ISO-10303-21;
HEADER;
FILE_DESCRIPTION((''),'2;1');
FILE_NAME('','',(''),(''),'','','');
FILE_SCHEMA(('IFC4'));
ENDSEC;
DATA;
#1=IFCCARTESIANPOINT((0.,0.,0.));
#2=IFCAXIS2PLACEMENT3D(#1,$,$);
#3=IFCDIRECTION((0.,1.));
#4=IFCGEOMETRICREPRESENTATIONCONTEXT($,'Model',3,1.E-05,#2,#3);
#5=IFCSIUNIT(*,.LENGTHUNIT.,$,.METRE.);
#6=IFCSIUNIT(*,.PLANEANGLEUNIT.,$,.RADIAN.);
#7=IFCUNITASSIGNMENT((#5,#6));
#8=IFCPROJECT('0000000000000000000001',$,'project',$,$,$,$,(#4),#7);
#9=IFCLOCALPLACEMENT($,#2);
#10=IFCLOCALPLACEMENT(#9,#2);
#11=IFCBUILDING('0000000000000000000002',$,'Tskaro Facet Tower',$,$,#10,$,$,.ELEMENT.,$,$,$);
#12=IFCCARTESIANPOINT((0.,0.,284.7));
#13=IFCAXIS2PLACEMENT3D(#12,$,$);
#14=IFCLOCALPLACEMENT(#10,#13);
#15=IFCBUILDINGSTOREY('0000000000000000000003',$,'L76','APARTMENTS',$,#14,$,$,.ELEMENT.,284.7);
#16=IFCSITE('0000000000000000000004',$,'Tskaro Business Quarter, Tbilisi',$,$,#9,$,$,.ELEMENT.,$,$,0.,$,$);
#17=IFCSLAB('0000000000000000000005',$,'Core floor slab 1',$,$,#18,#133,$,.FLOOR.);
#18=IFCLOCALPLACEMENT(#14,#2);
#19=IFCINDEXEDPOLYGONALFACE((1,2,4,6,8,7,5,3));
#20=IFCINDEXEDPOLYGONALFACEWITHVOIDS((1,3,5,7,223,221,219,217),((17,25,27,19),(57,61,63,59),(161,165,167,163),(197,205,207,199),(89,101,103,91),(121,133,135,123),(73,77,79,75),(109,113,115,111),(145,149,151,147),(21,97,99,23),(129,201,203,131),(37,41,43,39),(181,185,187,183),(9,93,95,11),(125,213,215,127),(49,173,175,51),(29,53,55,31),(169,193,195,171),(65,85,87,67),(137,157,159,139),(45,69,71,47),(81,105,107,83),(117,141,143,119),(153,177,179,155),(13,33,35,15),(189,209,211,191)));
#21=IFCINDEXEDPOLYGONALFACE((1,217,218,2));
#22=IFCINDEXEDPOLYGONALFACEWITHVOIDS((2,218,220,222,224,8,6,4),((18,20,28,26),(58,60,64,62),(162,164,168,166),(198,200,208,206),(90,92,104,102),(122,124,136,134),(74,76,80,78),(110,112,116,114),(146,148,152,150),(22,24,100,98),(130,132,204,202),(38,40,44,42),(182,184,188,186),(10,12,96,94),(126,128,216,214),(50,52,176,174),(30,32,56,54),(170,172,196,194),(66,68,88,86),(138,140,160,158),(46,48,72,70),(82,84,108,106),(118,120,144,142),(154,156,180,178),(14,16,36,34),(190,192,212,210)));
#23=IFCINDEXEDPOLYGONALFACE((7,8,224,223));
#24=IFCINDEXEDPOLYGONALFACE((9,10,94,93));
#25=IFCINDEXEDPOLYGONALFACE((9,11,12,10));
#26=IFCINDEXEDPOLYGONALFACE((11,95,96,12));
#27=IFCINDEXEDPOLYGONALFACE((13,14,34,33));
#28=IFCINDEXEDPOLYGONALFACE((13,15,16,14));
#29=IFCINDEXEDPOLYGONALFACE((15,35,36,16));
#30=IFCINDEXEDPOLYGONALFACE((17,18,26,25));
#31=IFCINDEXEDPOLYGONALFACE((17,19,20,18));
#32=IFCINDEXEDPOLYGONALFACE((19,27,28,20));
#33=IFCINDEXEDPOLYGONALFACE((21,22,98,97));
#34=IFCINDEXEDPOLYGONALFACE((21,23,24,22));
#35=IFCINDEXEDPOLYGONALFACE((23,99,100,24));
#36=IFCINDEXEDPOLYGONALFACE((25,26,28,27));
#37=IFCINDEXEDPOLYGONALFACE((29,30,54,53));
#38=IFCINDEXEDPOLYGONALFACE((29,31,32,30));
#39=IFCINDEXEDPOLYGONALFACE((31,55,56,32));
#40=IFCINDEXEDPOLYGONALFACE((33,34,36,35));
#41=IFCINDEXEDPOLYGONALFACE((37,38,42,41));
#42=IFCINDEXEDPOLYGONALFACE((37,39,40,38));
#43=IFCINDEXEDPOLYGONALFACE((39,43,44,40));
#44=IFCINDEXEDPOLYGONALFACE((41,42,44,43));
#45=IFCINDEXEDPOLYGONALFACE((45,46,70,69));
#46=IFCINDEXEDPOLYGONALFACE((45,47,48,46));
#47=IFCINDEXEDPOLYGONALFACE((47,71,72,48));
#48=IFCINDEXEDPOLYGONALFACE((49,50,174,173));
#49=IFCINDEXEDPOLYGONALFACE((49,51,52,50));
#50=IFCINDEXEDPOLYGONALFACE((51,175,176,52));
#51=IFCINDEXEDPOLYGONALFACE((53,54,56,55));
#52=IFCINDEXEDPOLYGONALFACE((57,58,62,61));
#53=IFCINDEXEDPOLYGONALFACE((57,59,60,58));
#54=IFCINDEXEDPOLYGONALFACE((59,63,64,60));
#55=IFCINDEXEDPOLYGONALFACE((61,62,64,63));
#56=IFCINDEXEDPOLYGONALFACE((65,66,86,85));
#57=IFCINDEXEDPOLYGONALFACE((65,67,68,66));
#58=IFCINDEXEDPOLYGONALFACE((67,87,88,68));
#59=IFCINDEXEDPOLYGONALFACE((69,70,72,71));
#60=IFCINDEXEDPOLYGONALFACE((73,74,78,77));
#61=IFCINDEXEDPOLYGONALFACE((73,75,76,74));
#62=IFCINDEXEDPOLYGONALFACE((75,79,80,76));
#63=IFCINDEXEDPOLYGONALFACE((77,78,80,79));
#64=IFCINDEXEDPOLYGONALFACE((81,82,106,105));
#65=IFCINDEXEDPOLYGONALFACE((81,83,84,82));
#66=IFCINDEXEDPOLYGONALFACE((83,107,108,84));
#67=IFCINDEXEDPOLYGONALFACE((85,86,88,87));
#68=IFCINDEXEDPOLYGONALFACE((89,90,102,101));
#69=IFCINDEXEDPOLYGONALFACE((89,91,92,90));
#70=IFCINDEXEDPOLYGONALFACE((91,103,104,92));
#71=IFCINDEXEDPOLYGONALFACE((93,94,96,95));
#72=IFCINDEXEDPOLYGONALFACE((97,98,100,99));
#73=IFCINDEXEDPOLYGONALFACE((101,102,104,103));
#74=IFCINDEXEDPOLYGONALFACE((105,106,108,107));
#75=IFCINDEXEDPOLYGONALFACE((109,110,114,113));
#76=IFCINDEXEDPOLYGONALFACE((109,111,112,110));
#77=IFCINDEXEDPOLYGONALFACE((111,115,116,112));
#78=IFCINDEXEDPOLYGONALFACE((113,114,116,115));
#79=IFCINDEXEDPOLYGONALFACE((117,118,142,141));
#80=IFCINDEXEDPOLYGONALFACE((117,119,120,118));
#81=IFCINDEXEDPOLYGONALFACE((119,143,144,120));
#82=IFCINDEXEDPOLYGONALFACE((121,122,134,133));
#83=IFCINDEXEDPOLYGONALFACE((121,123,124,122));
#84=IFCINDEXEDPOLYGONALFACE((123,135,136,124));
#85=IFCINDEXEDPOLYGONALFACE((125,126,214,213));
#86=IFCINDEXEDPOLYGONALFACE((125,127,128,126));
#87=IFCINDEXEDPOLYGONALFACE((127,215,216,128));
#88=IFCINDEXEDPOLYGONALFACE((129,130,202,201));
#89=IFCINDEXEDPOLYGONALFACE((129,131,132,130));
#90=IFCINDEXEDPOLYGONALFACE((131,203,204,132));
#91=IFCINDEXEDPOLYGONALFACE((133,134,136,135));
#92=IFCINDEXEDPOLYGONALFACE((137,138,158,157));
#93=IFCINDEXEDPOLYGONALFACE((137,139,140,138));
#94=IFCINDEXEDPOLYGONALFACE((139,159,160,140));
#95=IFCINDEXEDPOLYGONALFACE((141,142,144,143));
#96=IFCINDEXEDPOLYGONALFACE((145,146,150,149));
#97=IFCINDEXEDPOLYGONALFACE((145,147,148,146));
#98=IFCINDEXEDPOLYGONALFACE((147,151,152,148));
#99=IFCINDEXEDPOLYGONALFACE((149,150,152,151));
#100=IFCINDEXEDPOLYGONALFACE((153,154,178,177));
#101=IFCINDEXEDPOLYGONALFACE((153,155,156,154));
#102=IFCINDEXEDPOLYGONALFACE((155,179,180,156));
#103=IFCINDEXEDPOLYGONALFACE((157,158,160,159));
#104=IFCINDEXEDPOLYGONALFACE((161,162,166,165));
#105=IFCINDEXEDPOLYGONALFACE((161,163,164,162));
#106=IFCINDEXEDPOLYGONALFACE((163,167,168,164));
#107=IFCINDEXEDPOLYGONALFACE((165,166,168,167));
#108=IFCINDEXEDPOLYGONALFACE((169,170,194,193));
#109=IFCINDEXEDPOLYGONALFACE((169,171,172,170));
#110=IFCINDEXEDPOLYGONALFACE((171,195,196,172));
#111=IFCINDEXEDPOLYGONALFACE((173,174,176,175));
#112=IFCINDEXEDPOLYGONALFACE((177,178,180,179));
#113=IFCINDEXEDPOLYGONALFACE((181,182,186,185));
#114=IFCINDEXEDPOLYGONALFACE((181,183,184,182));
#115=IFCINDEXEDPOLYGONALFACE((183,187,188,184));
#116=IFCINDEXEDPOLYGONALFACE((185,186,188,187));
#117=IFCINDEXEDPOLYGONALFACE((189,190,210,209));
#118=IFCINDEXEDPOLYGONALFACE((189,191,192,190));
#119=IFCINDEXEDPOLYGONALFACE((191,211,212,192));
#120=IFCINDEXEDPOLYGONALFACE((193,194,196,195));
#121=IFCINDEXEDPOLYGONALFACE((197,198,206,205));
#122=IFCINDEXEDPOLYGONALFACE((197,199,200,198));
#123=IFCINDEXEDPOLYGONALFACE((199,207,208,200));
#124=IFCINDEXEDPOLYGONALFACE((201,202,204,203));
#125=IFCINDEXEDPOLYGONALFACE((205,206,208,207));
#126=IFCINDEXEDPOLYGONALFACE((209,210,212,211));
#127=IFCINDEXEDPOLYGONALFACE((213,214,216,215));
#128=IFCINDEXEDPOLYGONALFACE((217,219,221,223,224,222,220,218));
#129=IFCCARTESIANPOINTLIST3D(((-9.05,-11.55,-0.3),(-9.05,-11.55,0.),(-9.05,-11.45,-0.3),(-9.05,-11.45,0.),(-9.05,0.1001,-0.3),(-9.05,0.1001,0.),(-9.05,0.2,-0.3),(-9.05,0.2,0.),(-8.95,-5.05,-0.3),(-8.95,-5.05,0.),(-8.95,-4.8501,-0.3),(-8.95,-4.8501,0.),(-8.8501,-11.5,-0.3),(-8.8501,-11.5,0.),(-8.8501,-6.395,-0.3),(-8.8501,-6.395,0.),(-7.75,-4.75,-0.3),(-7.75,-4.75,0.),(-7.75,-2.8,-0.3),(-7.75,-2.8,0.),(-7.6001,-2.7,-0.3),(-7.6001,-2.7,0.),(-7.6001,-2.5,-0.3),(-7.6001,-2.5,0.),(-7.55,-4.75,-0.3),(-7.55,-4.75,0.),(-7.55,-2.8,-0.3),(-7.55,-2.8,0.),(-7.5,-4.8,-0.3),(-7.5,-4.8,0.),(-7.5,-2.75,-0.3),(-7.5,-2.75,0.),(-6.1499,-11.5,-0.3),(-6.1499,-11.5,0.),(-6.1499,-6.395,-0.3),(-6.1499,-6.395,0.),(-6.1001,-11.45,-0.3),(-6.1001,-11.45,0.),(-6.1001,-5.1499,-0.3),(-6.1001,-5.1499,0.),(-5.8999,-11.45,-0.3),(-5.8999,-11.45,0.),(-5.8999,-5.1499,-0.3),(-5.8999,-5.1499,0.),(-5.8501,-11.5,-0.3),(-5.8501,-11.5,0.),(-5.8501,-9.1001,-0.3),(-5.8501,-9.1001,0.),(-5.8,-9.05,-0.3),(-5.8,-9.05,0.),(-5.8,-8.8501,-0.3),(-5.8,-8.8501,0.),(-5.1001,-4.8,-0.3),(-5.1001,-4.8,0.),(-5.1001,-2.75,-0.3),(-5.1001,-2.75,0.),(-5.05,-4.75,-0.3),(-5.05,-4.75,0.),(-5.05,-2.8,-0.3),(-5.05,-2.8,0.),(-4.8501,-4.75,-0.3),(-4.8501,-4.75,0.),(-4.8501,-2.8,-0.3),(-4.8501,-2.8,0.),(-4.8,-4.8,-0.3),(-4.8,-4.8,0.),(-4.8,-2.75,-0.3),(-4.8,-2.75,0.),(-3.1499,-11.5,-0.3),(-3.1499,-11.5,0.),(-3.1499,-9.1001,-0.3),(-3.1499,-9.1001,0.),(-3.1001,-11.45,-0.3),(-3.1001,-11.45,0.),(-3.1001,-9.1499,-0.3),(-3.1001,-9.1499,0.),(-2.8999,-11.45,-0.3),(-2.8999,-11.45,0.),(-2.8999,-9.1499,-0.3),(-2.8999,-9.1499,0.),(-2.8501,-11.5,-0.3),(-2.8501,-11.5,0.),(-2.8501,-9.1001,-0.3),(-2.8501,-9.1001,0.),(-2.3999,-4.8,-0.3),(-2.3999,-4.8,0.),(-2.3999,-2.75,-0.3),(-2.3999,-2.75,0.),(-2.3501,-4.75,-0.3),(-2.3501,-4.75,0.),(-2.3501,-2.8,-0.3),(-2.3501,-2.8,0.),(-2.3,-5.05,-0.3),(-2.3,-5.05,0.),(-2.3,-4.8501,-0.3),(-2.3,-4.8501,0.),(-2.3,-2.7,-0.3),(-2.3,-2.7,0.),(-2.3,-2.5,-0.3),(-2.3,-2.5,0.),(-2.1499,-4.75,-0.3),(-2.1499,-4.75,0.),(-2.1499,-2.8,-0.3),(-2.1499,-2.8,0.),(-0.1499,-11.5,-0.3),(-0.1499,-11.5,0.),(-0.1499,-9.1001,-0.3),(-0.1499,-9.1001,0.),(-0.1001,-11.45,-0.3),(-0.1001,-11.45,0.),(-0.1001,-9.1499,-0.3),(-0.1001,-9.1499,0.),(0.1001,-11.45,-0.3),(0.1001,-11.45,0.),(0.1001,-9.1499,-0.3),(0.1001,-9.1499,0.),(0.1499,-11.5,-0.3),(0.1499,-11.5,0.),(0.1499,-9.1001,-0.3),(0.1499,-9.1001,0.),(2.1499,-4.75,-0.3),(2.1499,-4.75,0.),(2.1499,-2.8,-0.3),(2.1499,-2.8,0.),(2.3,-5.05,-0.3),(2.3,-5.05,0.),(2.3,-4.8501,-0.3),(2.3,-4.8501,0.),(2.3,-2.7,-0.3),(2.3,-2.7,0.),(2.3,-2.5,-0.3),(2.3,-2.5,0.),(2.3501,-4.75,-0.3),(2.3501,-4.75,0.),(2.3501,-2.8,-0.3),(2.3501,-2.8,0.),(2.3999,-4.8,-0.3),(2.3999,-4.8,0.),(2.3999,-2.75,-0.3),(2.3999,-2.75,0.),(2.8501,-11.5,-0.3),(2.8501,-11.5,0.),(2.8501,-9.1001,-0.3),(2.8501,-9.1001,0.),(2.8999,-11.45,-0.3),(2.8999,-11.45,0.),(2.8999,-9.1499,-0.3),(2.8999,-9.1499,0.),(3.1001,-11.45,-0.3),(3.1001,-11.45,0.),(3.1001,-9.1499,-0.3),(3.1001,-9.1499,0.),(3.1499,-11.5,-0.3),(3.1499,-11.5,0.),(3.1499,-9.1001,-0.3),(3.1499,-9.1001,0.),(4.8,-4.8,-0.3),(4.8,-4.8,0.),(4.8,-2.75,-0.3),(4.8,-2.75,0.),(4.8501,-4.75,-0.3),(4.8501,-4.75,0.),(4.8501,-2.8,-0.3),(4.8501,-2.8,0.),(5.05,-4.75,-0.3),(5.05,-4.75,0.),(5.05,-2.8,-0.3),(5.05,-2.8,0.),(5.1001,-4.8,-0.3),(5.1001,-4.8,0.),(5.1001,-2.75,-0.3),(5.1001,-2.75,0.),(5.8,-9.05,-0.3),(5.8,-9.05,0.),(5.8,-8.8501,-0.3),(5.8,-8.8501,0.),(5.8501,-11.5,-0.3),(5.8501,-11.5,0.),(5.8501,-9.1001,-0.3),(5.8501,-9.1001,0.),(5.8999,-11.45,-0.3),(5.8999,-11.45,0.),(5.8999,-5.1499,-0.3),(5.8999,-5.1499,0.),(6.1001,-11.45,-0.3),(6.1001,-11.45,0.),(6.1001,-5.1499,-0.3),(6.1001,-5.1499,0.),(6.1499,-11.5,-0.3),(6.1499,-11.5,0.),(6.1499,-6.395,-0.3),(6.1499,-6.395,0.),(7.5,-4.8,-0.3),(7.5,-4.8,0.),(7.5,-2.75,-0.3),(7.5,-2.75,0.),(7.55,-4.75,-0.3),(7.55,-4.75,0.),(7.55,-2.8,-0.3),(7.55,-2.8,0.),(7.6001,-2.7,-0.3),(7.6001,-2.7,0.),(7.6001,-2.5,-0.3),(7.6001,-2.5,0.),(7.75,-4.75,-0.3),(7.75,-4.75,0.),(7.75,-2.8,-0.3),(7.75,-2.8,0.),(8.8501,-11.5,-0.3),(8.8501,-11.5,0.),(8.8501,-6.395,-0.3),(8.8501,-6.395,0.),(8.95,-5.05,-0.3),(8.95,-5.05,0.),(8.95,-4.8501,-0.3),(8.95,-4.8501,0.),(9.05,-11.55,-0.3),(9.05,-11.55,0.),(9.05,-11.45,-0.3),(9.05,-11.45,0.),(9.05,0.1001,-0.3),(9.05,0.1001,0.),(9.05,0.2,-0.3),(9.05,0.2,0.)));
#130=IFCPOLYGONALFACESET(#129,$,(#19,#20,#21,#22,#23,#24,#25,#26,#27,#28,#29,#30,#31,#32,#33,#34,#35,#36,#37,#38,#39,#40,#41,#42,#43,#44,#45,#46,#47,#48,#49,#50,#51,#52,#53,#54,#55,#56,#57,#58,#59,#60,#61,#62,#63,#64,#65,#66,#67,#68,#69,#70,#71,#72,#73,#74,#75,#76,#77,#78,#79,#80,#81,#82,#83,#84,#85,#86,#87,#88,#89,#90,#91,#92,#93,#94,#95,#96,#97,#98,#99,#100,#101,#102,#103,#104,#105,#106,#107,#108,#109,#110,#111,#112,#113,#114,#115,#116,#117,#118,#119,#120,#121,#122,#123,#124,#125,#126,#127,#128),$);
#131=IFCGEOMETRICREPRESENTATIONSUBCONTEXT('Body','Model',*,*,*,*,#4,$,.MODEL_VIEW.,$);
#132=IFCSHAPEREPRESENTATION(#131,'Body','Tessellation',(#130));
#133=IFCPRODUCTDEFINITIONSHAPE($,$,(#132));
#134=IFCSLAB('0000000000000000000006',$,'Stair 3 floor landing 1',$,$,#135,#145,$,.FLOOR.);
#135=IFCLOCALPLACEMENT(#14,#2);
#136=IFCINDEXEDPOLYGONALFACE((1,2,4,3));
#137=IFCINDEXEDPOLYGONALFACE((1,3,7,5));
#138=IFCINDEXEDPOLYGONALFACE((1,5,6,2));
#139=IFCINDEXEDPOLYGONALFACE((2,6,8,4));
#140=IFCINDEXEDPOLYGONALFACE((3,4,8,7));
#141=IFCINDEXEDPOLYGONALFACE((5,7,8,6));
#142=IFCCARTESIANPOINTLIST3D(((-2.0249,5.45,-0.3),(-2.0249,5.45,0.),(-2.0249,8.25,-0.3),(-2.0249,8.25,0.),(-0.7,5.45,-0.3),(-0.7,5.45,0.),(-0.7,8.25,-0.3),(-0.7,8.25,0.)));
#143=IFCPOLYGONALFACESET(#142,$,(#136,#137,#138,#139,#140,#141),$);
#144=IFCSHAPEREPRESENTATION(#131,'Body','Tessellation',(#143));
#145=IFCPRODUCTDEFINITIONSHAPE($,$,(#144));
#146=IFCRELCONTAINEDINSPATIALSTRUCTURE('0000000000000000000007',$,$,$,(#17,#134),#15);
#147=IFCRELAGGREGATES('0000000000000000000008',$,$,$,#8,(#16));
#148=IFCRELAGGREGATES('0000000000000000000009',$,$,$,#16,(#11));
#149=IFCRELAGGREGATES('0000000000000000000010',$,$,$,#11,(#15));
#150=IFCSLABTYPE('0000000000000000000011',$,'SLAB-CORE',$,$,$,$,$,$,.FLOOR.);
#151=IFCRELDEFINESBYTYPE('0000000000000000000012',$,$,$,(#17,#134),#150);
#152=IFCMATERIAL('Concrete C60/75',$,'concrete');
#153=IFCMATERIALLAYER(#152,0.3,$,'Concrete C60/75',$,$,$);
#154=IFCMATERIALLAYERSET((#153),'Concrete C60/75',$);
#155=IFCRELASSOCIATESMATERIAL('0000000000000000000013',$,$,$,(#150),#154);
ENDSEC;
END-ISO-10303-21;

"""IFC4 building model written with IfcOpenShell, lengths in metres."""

from ifc_helpers import new_model, si_unit, direction, frame, origin, place, context, subcontext, project, spatial, polyline, outline, extrude, material, layer, layer_set, type_object, element, save


model = new_model("IFC4")

# Units and contexts
model_context = context("Model", 3, precision=1e-05, world=origin(), true_north=direction((0.0, 1.0)))
body_context = subcontext(model_context, "Body", "Model", "MODEL_VIEW")
ifc_project = project(units=[si_unit("LENGTHUNIT", "METRE"), si_unit("PLANEANGLEUNIT", "RADIAN")], contexts=[model_context])

# Site, building, storey
site_placement = place(None, origin())
site = spatial("IfcSite", under=ifc_project, at=site_placement, Name="Tskaro Business Quarter, Tbilisi", CompositionType="ELEMENT", RefElevation=0.0)
building_placement = place(site_placement, origin())
building = spatial("IfcBuilding", under=site, at=building_placement, Name="Tskaro Facet Tower", CompositionType="ELEMENT")
storey_placement = place(building_placement, frame((0.0, 0.0, 284.7)))
storey = spatial("IfcBuildingStorey", under=building, at=storey_placement, Name="L76", Description="APARTMENTS", CompositionType="ELEMENT", Elevation=284.7)

# Slabs
ifc_material_1 = material(Name="Concrete C60/75", Category="concrete")
ifc_layer_1 = layer(ifc_material_1, 0.3, Name="Concrete C60/75")
ifc_layer_set_1 = layer_set([ifc_layer_1], Name="Concrete C60/75")
slab_type_1 = type_object("IfcSlabType", Name="SLAB-CORE", PredefinedType="FLOOR", material=ifc_layer_set_1)
slab_1_placement = place(storey_placement, frame((0.0, 0.0, -0.3)))
element("IfcSlab", 1, at=slab_1_placement, inside=storey, type_object=slab_type_1, Name="Core floor slab 1", PredefinedType="FLOOR", context=body_context, shape_type="SweptSolid", body=[
    extrude(outline(polyline([(-9.05, 0.2), (9.05, 0.2), (9.05, 0.1001), (9.05, -11.45), (9.05, -11.55), (-9.05, -11.55), (-9.05, -11.45), (-9.05, 0.1001), (-9.05, 0.2)]), holes=[polyline([(-5.8501, -9.1001), (-5.8501, -11.5), (-3.1499, -11.5), (-3.1499, -9.1001), (-5.8501, -9.1001)]), polyline([(-3.1001, -11.45), (-2.8999, -11.45), (-2.8999, -9.1499), (-3.1001, -9.1499), (-3.1001, -11.45)]), polyline([(-2.8501, -9.1001), (-2.8501, -11.5), (-0.1499, -11.5), (-0.1499, -9.1001), (-2.8501, -9.1001)]), polyline([(-6.1001, -11.45), (-5.8999, -11.45), (-5.8999, -5.1499), (-6.1001, -5.1499), (-6.1001, -11.45)]), polyline([(-8.95, -5.05), (-2.3, -5.05), (-2.3, -4.8501), (-8.95, -4.8501), (-8.95, -5.05)]), polyline([(-7.75, -4.75), (-7.55, -4.75), (-7.55, -2.8), (-7.75, -2.8), (-7.75, -4.75)]), polyline([(-7.5, -4.8), (-5.1001, -4.8), (-5.1001, -2.75), (-7.5, -2.75), (-7.5, -4.8)]), polyline([(-5.05, -4.75), (-4.8501, -4.75), (-4.8501, -2.8), (-5.05, -2.8), (-5.05, -4.75)]), polyline([(-2.3999, -4.8), (-2.3999, -2.75), (-4.8, -2.75), (-4.8, -4.8), (-2.3999, -4.8)]), polyline([(-2.3501, -4.75), (-2.1499, -4.75), (-2.1499, -2.8), (-2.3501, -2.8), (-2.3501, -4.75)]), polyline([(-7.6001, -2.7), (-2.3, -2.7), (-2.3, -2.5), (-7.6001, -2.5), (-7.6001, -2.7)]), polyline([(-0.1001, -11.45), (0.1001, -11.45), (0.1001, -9.1499), (-0.1001, -9.1499), (-0.1001, -11.45)]), polyline([(0.1499, -9.1001), (0.1499, -11.5), (2.8501, -11.5), (2.8501, -9.1001), (0.1499, -9.1001)]), polyline([(2.8999, -11.45), (3.1001, -11.45), (3.1001, -9.1499), (2.8999, -9.1499), (2.8999, -11.45)]), polyline([(3.1499, -9.1001), (3.1499, -11.5), (5.8501, -11.5), (5.8501, -9.1001), (3.1499, -9.1001)]), polyline([(-5.8, -9.05), (5.8, -9.05), (5.8, -8.8501), (-5.8, -8.8501), (-5.8, -9.05)]), polyline([(5.8999, -11.45), (6.1001, -11.45), (6.1001, -5.1499), (5.8999, -5.1499), (5.8999, -11.45)]), polyline([(2.3, -5.05), (8.95, -5.05), (8.95, -4.8501), (2.3, -4.8501), (2.3, -5.05)]), polyline([(2.1499, -4.75), (2.3501, -4.75), (2.3501, -2.8), (2.1499, -2.8), (2.1499, -4.75)]), polyline([(4.8, -2.75), (2.3999, -2.75), (2.3999, -4.8), (4.8, -4.8), (4.8, -2.75)]), polyline([(4.8501, -4.75), (5.05, -4.75), (5.05, -2.8), (4.8501, -2.8), (4.8501, -4.75)]), polyline([(7.5, -2.75), (5.1001, -2.75), (5.1001, -4.8), (7.5, -4.8), (7.5, -2.75)]), polyline([(7.55, -4.75), (7.75, -4.75), (7.75, -2.8), (7.55, -2.8), (7.55, -4.75)]), polyline([(2.3, -2.7), (7.6001, -2.7), (7.6001, -2.5), (2.3, -2.5), (2.3, -2.7)]), polyline([(-8.8501, -11.5), (-6.1499, -11.5), (-6.1499, -6.395), (-8.8501, -6.395), (-8.8501, -11.5)]), polyline([(6.1499, -6.395), (6.1499, -11.5), (8.8501, -11.5), (8.8501, -6.395), (6.1499, -6.395)])]), origin(), (0.0, 0.0, 1.0), 0.3),
])
slab_2_placement = place(storey_placement, frame((0.0, 0.0, -0.3)))
element("IfcSlab", 2, at=slab_2_placement, inside=storey, type_object=slab_type_1, Name="Stair 3 floor landing 1", PredefinedType="FLOOR", context=body_context, shape_type="SweptSolid", body=[
    extrude(outline(polyline([(-2.0249, 5.45), (-0.7, 5.45), (-0.7, 8.25), (-2.0249, 8.25), (-2.0249, 5.45)])), origin(), (0.0, 0.0, 1.0), 0.3),
])

save(model, "model.ifc")
